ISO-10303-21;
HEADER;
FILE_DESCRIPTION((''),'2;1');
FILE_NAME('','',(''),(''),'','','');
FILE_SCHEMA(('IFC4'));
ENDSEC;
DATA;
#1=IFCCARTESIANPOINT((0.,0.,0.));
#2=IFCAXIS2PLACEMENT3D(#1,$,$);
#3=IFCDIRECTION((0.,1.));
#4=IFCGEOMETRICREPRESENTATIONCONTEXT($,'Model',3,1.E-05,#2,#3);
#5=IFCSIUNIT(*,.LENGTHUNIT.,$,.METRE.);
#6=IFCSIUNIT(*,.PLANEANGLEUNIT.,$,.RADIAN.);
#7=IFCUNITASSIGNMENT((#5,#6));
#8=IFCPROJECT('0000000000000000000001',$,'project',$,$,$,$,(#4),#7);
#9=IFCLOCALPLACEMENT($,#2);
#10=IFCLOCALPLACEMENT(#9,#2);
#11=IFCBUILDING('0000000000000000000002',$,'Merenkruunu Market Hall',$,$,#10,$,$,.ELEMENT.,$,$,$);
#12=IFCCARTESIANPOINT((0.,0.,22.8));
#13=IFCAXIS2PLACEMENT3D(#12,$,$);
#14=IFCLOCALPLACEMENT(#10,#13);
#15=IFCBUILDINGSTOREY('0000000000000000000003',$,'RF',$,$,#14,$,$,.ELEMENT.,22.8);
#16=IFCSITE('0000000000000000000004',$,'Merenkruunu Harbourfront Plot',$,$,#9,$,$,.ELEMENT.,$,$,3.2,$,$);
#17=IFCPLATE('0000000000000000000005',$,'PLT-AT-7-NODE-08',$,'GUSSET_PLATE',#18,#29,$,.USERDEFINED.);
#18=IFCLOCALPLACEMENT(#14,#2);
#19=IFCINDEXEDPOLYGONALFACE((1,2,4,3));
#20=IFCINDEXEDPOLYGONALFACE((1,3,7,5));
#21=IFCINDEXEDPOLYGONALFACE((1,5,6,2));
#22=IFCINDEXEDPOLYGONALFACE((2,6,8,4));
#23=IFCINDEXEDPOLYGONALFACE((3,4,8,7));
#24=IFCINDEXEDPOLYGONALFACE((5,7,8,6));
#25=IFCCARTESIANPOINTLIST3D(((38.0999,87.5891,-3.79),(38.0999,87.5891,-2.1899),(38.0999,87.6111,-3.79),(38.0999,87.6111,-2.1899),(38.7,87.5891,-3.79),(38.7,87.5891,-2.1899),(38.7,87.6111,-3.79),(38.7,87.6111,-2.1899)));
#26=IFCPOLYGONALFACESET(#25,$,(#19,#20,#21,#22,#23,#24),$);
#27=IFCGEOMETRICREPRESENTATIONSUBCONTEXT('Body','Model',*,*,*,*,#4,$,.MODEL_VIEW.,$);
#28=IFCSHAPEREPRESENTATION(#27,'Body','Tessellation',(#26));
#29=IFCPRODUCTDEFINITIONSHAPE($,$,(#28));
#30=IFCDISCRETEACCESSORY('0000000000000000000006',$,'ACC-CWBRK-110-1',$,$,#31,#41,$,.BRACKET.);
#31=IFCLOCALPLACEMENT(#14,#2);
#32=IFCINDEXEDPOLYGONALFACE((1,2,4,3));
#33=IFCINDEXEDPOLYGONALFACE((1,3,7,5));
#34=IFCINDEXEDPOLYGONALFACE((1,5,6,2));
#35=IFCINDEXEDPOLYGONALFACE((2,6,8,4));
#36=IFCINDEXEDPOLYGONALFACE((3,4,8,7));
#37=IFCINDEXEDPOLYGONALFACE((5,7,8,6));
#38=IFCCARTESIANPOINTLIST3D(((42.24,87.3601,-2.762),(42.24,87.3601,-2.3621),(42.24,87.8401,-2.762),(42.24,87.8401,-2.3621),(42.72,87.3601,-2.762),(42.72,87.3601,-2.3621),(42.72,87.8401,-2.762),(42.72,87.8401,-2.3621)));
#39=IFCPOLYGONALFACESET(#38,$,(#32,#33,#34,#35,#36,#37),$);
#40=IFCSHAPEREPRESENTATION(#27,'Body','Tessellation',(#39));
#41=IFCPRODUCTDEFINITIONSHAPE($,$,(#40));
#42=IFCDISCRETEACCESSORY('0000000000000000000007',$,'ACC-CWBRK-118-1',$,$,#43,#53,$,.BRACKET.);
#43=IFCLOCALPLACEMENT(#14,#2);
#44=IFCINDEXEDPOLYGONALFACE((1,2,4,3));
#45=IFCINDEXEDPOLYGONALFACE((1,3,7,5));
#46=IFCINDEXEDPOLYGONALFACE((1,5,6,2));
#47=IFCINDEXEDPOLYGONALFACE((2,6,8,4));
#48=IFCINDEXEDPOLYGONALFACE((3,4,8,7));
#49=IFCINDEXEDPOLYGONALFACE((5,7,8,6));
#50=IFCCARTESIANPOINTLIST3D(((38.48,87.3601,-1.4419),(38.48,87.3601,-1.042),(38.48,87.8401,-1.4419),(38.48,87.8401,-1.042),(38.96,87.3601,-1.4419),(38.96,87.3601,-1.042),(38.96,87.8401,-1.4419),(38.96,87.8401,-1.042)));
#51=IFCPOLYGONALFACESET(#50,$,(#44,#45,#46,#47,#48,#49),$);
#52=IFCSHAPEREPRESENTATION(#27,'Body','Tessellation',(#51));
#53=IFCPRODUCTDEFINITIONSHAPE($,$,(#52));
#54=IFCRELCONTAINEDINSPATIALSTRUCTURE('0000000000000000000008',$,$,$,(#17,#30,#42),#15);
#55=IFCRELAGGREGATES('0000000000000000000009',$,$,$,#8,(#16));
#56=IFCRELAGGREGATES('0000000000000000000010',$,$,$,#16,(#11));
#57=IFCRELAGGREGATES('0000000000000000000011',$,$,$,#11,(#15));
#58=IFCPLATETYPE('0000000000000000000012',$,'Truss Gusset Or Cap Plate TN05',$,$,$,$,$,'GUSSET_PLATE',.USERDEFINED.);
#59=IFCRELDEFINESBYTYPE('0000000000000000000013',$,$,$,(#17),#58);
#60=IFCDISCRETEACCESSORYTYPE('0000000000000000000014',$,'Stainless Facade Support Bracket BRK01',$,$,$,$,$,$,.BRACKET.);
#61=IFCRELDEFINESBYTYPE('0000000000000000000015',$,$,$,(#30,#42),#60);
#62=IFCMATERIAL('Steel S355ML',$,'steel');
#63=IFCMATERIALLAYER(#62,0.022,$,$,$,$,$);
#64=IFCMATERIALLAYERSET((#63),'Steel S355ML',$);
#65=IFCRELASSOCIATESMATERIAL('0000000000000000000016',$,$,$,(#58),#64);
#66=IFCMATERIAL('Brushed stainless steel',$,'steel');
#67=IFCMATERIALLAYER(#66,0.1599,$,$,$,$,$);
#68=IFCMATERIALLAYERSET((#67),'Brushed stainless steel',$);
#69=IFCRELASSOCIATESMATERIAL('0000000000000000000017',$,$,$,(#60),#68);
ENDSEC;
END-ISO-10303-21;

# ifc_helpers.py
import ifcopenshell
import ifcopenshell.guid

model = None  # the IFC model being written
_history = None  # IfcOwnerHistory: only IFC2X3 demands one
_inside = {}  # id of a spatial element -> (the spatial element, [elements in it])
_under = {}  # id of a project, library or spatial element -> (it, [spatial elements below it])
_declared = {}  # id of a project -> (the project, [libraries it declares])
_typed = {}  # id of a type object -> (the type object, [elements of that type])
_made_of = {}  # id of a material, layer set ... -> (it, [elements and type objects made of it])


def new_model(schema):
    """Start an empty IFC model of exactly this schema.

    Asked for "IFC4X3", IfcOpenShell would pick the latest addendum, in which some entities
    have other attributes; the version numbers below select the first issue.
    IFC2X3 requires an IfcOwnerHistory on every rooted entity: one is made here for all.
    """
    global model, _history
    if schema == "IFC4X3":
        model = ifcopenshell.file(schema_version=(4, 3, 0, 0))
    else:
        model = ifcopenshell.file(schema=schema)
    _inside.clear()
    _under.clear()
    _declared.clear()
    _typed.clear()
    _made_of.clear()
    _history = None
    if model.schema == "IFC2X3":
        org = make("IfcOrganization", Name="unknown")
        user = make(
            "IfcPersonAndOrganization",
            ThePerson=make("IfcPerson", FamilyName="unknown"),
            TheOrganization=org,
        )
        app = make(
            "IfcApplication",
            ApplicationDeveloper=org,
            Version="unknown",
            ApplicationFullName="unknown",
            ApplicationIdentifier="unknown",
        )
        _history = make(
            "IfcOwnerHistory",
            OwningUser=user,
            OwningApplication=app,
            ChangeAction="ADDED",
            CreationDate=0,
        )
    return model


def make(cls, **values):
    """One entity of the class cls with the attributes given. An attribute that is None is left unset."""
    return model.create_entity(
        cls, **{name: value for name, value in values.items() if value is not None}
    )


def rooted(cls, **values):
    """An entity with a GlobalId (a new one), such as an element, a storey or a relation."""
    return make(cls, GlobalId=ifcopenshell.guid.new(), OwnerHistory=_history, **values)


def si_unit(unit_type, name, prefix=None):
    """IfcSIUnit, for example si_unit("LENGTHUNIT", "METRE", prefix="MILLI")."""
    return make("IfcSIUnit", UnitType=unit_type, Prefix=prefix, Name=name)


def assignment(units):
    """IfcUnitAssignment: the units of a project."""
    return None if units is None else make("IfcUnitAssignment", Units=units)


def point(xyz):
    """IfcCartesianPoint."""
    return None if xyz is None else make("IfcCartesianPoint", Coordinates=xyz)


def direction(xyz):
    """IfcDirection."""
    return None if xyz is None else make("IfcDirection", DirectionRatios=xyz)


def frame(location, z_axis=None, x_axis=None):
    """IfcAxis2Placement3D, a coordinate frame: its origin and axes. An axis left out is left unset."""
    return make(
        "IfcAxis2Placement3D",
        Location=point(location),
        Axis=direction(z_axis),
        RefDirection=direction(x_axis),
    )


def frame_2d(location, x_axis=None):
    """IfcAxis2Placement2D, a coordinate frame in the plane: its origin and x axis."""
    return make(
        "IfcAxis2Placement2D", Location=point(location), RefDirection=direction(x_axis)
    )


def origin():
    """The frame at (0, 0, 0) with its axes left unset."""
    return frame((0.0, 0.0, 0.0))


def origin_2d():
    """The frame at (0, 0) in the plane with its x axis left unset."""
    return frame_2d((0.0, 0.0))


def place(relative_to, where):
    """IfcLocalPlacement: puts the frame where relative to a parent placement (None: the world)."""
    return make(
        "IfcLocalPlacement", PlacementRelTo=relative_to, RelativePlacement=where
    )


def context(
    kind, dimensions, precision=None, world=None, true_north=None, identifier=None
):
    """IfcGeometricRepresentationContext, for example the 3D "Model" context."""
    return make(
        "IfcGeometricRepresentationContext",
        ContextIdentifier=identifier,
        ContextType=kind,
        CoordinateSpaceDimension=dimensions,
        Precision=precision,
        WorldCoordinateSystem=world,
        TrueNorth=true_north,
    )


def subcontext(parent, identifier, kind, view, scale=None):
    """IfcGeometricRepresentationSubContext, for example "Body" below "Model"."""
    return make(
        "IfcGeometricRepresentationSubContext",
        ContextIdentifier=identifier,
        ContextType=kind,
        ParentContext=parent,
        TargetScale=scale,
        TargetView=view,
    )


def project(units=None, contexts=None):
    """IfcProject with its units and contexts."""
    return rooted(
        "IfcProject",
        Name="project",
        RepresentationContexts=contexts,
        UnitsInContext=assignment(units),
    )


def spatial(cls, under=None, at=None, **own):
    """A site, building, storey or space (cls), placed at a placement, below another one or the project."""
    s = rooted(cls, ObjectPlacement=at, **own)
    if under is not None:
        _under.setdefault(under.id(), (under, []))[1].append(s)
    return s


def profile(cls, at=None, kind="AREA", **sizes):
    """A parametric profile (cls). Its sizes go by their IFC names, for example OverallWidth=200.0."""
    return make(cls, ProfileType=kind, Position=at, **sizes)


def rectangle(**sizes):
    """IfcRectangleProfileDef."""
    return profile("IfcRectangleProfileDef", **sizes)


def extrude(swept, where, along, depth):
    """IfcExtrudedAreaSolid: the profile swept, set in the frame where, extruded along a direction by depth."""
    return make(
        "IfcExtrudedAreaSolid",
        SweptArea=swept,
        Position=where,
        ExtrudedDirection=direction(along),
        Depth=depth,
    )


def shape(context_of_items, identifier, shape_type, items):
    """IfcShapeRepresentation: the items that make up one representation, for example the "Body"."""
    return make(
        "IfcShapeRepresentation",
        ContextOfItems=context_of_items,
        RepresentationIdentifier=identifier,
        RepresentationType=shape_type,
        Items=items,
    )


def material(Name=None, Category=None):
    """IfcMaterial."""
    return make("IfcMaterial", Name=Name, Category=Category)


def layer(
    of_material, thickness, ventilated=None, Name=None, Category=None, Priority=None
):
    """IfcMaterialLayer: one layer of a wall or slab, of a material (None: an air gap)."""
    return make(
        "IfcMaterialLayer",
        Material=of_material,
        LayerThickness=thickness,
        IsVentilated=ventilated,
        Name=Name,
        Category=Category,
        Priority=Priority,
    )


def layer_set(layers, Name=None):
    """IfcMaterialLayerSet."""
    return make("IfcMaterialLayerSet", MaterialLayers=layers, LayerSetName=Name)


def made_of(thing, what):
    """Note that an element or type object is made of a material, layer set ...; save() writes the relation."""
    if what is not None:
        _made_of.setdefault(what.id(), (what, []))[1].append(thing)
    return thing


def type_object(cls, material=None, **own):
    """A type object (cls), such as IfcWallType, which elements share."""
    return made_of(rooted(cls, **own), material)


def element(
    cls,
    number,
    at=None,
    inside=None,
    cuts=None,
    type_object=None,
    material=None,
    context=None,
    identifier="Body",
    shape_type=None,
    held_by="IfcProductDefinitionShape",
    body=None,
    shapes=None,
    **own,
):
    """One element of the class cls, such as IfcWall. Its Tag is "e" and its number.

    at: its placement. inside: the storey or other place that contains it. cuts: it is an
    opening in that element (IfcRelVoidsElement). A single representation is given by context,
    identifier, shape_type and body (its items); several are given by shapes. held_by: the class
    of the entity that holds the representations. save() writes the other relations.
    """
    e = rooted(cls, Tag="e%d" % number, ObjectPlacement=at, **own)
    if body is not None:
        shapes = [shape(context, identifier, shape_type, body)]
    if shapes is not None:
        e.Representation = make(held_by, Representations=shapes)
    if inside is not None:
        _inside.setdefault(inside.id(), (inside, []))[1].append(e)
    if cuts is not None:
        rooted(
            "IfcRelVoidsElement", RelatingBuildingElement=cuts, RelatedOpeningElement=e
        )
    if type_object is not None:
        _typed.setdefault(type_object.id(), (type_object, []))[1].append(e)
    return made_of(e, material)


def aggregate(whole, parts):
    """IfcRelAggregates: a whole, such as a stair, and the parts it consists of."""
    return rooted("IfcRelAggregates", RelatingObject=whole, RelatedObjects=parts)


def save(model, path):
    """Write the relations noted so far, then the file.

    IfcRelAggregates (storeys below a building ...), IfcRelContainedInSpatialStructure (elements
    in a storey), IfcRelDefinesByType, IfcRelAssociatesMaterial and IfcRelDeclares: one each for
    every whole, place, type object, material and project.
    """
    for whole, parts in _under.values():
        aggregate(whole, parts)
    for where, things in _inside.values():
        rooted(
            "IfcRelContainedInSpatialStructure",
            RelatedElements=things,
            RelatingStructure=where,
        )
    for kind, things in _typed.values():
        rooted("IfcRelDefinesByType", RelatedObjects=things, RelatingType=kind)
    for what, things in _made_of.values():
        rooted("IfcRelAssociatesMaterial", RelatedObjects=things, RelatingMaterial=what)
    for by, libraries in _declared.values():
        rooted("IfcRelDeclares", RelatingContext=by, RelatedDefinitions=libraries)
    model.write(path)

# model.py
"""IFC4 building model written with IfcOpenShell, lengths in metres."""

from ifc_helpers import new_model, si_unit, direction, frame, origin, origin_2d, place, context, subcontext, project, spatial, rectangle, extrude, material, layer, layer_set, type_object, element, save


model = new_model("IFC4")

# Units and contexts
model_context = context("Model", 3, precision=1e-05, world=origin(), true_north=direction((0.0, 1.0)))
body_context = subcontext(model_context, "Body", "Model", "MODEL_VIEW")
ifc_project = project(units=[si_unit("LENGTHUNIT", "METRE"), si_unit("PLANEANGLEUNIT", "RADIAN")], contexts=[model_context])

# Site, building, storey
site_placement = place(None, origin())
site = spatial("IfcSite", under=ifc_project, at=site_placement, Name="Merenkruunu Harbourfront Plot", CompositionType="ELEMENT", RefElevation=3.2)
building_placement = place(site_placement, origin())
building = spatial("IfcBuilding", under=site, at=building_placement, Name="Merenkruunu Market Hall", CompositionType="ELEMENT")
storey_placement = place(building_placement, frame((0.0, 0.0, 22.8)))
storey = spatial("IfcBuildingStorey", under=building, at=storey_placement, Name="RF", CompositionType="ELEMENT", Elevation=22.8)

# Shared definitions
ifc_material_1 = material(Name="Steel S355ML", Category="steel")

# Plate
ifc_layer_1 = layer(ifc_material_1, 0.022)
ifc_layer_set_1 = layer_set([ifc_layer_1], Name="Steel S355ML")
plate_type_1 = type_object("IfcPlateType", Name="Truss Gusset Or Cap Plate TN05", ElementType="GUSSET_PLATE", PredefinedType="USERDEFINED", material=ifc_layer_set_1)
plate_1_placement = place(storey_placement, frame((38.3999, 87.6001, -3.79), z_axis=(0.0, 0.0, 1.0), x_axis=(1.0, 0.0, 0.0)))
element("IfcPlate", 1, at=plate_1_placement, inside=storey, type_object=plate_type_1, Name="PLT-AT-7-NODE-08", ObjectType="GUSSET_PLATE", PredefinedType="USERDEFINED", context=body_context, shape_type="SweptSolid", body=[
    extrude(rectangle(XDim=0.6001, YDim=0.022, at=origin_2d()), origin(), (0.0, 0.0, 1.0), 1.6001),
])

# Discrete accessories
ifc_material_2 = material(Name="Brushed stainless steel", Category="steel")
ifc_layer_2 = layer(ifc_material_2, 0.1599)
ifc_layer_set_2 = layer_set([ifc_layer_2], Name="Brushed stainless steel")
discrete_accessory_type = type_object("IfcDiscreteAccessoryType", Name="Stainless Facade Support Bracket BRK01", PredefinedType="BRACKET", material=ifc_layer_set_2)
for number, where, z_axis, x_axis, name in (
    (2, (42.48, 87.6001, -2.762), (0.0, 0.0, 1.0), (1.0, 0.0, 0.0), "ACC-CWBRK-110-1"),
    (3, (38.72, 87.6001, -1.4419), (0.0, 0.0, 1.0), (1.0, 0.0, 0.0), "ACC-CWBRK-118-1"),
):
    element("IfcDiscreteAccessory", number, at=place(storey_placement, frame(where, z_axis=z_axis, x_axis=x_axis)), inside=storey, type_object=discrete_accessory_type, Name=name, PredefinedType="BRACKET", context=body_context, shape_type="SweptSolid", body=[
        extrude(rectangle(XDim=0.48, YDim=0.48, at=origin_2d()), origin(), (0.0, 0.0, 1.0), 0.3999),
    ])

save(model, "model.ifc")
